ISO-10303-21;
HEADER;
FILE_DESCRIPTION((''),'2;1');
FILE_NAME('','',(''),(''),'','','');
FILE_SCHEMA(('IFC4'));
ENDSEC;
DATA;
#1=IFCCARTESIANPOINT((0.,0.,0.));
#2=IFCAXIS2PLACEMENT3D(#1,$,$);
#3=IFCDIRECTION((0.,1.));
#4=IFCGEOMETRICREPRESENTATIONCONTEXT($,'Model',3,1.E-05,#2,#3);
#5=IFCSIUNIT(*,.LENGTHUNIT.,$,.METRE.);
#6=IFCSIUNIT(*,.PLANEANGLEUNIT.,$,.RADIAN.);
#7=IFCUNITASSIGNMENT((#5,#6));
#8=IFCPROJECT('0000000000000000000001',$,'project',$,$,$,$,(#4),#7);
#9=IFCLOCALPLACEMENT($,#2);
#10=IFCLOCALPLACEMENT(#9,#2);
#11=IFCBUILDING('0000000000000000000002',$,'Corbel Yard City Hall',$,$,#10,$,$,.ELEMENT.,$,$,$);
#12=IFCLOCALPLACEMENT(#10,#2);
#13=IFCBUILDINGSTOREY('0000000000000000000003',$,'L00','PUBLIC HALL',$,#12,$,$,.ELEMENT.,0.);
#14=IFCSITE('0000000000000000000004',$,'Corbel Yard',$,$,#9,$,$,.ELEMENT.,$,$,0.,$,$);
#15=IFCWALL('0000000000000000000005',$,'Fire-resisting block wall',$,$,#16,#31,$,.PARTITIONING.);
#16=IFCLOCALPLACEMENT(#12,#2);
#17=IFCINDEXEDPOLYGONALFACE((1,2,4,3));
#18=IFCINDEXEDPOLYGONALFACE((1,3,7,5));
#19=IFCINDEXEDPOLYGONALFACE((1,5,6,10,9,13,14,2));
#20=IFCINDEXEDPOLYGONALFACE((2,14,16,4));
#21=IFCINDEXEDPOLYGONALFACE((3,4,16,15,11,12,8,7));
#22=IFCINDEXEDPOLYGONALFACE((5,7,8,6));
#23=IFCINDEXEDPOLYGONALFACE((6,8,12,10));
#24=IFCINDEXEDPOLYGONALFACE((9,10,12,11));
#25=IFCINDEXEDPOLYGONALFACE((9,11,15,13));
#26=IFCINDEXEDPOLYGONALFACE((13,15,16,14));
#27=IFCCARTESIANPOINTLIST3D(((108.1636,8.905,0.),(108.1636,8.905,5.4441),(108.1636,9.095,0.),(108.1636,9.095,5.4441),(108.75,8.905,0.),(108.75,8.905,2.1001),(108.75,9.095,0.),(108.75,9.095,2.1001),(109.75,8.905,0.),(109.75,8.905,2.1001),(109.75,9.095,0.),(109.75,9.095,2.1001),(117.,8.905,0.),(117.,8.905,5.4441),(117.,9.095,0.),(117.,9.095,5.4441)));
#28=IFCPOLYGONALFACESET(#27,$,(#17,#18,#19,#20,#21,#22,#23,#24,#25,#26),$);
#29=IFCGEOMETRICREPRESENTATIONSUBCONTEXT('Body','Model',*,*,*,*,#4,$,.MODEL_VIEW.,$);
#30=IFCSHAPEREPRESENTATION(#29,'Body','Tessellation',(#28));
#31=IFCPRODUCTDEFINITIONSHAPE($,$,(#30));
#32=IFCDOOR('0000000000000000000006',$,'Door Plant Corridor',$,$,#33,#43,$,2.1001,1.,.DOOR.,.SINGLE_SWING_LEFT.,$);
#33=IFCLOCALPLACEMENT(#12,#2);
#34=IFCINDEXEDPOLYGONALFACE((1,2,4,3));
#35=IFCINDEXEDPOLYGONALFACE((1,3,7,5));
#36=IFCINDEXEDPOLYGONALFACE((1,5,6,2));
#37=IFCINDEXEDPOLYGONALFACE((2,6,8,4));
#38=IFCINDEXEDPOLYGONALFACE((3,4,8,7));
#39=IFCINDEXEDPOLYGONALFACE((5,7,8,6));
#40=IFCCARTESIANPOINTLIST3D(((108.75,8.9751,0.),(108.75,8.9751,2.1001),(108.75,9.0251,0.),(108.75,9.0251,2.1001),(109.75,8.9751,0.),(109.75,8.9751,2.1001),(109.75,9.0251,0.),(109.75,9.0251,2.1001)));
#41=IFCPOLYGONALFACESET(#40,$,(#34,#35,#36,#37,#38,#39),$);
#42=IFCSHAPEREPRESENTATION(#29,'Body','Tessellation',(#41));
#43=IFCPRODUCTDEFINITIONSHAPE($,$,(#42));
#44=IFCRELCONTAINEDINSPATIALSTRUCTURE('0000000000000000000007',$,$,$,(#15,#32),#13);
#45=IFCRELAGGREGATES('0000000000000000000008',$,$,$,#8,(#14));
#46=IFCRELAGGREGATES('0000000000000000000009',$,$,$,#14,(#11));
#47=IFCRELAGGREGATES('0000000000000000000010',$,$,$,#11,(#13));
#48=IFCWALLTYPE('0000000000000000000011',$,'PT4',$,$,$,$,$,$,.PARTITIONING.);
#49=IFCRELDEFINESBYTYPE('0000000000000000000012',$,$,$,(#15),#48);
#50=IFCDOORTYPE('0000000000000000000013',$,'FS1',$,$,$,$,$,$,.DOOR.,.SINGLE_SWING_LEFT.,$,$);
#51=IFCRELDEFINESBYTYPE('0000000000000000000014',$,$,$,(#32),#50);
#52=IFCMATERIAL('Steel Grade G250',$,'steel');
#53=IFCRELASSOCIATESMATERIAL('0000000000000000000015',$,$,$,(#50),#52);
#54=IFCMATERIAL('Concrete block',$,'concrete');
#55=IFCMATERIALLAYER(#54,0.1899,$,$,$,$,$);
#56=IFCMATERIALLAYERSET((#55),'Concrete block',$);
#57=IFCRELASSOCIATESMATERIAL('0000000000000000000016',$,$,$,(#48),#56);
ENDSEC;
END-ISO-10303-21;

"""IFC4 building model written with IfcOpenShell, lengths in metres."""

from ifc_helpers import new_model, si_unit, direction, frame, frame_2d, origin, place, context, subcontext, project, spatial, rectangle, extrude, material, layer, layer_set, type_object, element, fill, save


model = new_model("IFC4")

# Units and contexts
model_context = context("Model", 3, precision=1e-05, world=origin(), true_north=direction((0.0, 1.0)))
body_context = subcontext(model_context, "Body", "Model", "MODEL_VIEW")
ifc_project = project(units=[si_unit("LENGTHUNIT", "METRE"), si_unit("PLANEANGLEUNIT", "RADIAN")], contexts=[model_context])

# Site, building, storey
site_placement = place(None, origin())
site = spatial("IfcSite", under=ifc_project, at=site_placement, Name="Corbel Yard", CompositionType="ELEMENT", RefElevation=0.0)
building_placement = place(site_placement, origin())
building = spatial("IfcBuilding", under=site, at=building_placement, Name="Corbel Yard City Hall", CompositionType="ELEMENT")
storey_placement = place(building_placement, origin())
storey = spatial("IfcBuildingStorey", under=building, at=storey_placement, Name="L00", Description="PUBLIC HALL", CompositionType="ELEMENT", Elevation=0.0)

# Wall, opening, door
ifc_material_1 = material(Name="Steel Grade G250", Category="steel")
door_type = type_object("IfcDoorType", Name="FS1", OperationType="SINGLE_SWING_LEFT", PredefinedType="DOOR", material=ifc_material_1)
ifc_material_2 = material(Name="Concrete block", Category="concrete")
ifc_layer_1 = layer(ifc_material_2, 0.1899)
ifc_layer_set_1 = layer_set([ifc_layer_1], Name="Concrete block")
wall_type_1 = type_object("IfcWallType", Name="PT4", PredefinedType="PARTITIONING", material=ifc_layer_set_1)
wall_1_placement = place(storey_placement, frame((108.1636, 9.0, 0.0), z_axis=(0.0, 0.0, 1.0), x_axis=(1.0, 0.0, 0.0)))
wall_1 = element("IfcWall", 1, at=wall_1_placement, inside=storey, type_object=wall_type_1, Name="Fire-resisting block wall", PredefinedType="PARTITIONING", context=body_context, shape_type="SweptSolid", body=[
    extrude(rectangle(XDim=8.8364, YDim=0.1899, at=frame_2d((4.4182, 0.0))), origin(), (0.0, 0.0, 1.0), 5.4441),
])
opening_1_placement = place(wall_1_placement, frame((0.5864, 0.0, 0.0)))
opening_1 = element("IfcOpeningElement", 2, at=opening_1_placement, cuts=wall_1, PredefinedType="OPENING", context=body_context, shape_type="SweptSolid", body=[
    extrude(rectangle(XDim=1.0, YDim=2.1001, at=frame_2d((0.5, 1.05))), frame((0.0, 0.105, 0.0), z_axis=(0.0, -1.0, 0.0), x_axis=(1.0, 0.0, 0.0)), (0.0, 0.0, 1.0), 0.21),
])
door_1_placement = place(opening_1_placement, frame((1.0, 0.0, 0.0), z_axis=(0.0, 0.0, 1.0), x_axis=(-1.0, 0.0, 0.0)))
door_1 = element("IfcDoor", 3, at=door_1_placement, inside=storey, type_object=door_type, Name="Door Plant Corridor", OperationType="SINGLE_SWING_LEFT", OverallHeight=2.1001, OverallWidth=1.0, PredefinedType="DOOR", context=body_context, shape_type="SweptSolid", body=[
    extrude(rectangle(XDim=1.0, YDim=2.1001, at=frame_2d((0.5, 1.05))), frame((0.0, 0.0249, 0.0), z_axis=(0.0, -1.0, 0.0), x_axis=(1.0, 0.0, 0.0)), (0.0, 0.0, 1.0), 0.05),
])
fill(opening_1, door_1)

save(model, "model.ifc")
